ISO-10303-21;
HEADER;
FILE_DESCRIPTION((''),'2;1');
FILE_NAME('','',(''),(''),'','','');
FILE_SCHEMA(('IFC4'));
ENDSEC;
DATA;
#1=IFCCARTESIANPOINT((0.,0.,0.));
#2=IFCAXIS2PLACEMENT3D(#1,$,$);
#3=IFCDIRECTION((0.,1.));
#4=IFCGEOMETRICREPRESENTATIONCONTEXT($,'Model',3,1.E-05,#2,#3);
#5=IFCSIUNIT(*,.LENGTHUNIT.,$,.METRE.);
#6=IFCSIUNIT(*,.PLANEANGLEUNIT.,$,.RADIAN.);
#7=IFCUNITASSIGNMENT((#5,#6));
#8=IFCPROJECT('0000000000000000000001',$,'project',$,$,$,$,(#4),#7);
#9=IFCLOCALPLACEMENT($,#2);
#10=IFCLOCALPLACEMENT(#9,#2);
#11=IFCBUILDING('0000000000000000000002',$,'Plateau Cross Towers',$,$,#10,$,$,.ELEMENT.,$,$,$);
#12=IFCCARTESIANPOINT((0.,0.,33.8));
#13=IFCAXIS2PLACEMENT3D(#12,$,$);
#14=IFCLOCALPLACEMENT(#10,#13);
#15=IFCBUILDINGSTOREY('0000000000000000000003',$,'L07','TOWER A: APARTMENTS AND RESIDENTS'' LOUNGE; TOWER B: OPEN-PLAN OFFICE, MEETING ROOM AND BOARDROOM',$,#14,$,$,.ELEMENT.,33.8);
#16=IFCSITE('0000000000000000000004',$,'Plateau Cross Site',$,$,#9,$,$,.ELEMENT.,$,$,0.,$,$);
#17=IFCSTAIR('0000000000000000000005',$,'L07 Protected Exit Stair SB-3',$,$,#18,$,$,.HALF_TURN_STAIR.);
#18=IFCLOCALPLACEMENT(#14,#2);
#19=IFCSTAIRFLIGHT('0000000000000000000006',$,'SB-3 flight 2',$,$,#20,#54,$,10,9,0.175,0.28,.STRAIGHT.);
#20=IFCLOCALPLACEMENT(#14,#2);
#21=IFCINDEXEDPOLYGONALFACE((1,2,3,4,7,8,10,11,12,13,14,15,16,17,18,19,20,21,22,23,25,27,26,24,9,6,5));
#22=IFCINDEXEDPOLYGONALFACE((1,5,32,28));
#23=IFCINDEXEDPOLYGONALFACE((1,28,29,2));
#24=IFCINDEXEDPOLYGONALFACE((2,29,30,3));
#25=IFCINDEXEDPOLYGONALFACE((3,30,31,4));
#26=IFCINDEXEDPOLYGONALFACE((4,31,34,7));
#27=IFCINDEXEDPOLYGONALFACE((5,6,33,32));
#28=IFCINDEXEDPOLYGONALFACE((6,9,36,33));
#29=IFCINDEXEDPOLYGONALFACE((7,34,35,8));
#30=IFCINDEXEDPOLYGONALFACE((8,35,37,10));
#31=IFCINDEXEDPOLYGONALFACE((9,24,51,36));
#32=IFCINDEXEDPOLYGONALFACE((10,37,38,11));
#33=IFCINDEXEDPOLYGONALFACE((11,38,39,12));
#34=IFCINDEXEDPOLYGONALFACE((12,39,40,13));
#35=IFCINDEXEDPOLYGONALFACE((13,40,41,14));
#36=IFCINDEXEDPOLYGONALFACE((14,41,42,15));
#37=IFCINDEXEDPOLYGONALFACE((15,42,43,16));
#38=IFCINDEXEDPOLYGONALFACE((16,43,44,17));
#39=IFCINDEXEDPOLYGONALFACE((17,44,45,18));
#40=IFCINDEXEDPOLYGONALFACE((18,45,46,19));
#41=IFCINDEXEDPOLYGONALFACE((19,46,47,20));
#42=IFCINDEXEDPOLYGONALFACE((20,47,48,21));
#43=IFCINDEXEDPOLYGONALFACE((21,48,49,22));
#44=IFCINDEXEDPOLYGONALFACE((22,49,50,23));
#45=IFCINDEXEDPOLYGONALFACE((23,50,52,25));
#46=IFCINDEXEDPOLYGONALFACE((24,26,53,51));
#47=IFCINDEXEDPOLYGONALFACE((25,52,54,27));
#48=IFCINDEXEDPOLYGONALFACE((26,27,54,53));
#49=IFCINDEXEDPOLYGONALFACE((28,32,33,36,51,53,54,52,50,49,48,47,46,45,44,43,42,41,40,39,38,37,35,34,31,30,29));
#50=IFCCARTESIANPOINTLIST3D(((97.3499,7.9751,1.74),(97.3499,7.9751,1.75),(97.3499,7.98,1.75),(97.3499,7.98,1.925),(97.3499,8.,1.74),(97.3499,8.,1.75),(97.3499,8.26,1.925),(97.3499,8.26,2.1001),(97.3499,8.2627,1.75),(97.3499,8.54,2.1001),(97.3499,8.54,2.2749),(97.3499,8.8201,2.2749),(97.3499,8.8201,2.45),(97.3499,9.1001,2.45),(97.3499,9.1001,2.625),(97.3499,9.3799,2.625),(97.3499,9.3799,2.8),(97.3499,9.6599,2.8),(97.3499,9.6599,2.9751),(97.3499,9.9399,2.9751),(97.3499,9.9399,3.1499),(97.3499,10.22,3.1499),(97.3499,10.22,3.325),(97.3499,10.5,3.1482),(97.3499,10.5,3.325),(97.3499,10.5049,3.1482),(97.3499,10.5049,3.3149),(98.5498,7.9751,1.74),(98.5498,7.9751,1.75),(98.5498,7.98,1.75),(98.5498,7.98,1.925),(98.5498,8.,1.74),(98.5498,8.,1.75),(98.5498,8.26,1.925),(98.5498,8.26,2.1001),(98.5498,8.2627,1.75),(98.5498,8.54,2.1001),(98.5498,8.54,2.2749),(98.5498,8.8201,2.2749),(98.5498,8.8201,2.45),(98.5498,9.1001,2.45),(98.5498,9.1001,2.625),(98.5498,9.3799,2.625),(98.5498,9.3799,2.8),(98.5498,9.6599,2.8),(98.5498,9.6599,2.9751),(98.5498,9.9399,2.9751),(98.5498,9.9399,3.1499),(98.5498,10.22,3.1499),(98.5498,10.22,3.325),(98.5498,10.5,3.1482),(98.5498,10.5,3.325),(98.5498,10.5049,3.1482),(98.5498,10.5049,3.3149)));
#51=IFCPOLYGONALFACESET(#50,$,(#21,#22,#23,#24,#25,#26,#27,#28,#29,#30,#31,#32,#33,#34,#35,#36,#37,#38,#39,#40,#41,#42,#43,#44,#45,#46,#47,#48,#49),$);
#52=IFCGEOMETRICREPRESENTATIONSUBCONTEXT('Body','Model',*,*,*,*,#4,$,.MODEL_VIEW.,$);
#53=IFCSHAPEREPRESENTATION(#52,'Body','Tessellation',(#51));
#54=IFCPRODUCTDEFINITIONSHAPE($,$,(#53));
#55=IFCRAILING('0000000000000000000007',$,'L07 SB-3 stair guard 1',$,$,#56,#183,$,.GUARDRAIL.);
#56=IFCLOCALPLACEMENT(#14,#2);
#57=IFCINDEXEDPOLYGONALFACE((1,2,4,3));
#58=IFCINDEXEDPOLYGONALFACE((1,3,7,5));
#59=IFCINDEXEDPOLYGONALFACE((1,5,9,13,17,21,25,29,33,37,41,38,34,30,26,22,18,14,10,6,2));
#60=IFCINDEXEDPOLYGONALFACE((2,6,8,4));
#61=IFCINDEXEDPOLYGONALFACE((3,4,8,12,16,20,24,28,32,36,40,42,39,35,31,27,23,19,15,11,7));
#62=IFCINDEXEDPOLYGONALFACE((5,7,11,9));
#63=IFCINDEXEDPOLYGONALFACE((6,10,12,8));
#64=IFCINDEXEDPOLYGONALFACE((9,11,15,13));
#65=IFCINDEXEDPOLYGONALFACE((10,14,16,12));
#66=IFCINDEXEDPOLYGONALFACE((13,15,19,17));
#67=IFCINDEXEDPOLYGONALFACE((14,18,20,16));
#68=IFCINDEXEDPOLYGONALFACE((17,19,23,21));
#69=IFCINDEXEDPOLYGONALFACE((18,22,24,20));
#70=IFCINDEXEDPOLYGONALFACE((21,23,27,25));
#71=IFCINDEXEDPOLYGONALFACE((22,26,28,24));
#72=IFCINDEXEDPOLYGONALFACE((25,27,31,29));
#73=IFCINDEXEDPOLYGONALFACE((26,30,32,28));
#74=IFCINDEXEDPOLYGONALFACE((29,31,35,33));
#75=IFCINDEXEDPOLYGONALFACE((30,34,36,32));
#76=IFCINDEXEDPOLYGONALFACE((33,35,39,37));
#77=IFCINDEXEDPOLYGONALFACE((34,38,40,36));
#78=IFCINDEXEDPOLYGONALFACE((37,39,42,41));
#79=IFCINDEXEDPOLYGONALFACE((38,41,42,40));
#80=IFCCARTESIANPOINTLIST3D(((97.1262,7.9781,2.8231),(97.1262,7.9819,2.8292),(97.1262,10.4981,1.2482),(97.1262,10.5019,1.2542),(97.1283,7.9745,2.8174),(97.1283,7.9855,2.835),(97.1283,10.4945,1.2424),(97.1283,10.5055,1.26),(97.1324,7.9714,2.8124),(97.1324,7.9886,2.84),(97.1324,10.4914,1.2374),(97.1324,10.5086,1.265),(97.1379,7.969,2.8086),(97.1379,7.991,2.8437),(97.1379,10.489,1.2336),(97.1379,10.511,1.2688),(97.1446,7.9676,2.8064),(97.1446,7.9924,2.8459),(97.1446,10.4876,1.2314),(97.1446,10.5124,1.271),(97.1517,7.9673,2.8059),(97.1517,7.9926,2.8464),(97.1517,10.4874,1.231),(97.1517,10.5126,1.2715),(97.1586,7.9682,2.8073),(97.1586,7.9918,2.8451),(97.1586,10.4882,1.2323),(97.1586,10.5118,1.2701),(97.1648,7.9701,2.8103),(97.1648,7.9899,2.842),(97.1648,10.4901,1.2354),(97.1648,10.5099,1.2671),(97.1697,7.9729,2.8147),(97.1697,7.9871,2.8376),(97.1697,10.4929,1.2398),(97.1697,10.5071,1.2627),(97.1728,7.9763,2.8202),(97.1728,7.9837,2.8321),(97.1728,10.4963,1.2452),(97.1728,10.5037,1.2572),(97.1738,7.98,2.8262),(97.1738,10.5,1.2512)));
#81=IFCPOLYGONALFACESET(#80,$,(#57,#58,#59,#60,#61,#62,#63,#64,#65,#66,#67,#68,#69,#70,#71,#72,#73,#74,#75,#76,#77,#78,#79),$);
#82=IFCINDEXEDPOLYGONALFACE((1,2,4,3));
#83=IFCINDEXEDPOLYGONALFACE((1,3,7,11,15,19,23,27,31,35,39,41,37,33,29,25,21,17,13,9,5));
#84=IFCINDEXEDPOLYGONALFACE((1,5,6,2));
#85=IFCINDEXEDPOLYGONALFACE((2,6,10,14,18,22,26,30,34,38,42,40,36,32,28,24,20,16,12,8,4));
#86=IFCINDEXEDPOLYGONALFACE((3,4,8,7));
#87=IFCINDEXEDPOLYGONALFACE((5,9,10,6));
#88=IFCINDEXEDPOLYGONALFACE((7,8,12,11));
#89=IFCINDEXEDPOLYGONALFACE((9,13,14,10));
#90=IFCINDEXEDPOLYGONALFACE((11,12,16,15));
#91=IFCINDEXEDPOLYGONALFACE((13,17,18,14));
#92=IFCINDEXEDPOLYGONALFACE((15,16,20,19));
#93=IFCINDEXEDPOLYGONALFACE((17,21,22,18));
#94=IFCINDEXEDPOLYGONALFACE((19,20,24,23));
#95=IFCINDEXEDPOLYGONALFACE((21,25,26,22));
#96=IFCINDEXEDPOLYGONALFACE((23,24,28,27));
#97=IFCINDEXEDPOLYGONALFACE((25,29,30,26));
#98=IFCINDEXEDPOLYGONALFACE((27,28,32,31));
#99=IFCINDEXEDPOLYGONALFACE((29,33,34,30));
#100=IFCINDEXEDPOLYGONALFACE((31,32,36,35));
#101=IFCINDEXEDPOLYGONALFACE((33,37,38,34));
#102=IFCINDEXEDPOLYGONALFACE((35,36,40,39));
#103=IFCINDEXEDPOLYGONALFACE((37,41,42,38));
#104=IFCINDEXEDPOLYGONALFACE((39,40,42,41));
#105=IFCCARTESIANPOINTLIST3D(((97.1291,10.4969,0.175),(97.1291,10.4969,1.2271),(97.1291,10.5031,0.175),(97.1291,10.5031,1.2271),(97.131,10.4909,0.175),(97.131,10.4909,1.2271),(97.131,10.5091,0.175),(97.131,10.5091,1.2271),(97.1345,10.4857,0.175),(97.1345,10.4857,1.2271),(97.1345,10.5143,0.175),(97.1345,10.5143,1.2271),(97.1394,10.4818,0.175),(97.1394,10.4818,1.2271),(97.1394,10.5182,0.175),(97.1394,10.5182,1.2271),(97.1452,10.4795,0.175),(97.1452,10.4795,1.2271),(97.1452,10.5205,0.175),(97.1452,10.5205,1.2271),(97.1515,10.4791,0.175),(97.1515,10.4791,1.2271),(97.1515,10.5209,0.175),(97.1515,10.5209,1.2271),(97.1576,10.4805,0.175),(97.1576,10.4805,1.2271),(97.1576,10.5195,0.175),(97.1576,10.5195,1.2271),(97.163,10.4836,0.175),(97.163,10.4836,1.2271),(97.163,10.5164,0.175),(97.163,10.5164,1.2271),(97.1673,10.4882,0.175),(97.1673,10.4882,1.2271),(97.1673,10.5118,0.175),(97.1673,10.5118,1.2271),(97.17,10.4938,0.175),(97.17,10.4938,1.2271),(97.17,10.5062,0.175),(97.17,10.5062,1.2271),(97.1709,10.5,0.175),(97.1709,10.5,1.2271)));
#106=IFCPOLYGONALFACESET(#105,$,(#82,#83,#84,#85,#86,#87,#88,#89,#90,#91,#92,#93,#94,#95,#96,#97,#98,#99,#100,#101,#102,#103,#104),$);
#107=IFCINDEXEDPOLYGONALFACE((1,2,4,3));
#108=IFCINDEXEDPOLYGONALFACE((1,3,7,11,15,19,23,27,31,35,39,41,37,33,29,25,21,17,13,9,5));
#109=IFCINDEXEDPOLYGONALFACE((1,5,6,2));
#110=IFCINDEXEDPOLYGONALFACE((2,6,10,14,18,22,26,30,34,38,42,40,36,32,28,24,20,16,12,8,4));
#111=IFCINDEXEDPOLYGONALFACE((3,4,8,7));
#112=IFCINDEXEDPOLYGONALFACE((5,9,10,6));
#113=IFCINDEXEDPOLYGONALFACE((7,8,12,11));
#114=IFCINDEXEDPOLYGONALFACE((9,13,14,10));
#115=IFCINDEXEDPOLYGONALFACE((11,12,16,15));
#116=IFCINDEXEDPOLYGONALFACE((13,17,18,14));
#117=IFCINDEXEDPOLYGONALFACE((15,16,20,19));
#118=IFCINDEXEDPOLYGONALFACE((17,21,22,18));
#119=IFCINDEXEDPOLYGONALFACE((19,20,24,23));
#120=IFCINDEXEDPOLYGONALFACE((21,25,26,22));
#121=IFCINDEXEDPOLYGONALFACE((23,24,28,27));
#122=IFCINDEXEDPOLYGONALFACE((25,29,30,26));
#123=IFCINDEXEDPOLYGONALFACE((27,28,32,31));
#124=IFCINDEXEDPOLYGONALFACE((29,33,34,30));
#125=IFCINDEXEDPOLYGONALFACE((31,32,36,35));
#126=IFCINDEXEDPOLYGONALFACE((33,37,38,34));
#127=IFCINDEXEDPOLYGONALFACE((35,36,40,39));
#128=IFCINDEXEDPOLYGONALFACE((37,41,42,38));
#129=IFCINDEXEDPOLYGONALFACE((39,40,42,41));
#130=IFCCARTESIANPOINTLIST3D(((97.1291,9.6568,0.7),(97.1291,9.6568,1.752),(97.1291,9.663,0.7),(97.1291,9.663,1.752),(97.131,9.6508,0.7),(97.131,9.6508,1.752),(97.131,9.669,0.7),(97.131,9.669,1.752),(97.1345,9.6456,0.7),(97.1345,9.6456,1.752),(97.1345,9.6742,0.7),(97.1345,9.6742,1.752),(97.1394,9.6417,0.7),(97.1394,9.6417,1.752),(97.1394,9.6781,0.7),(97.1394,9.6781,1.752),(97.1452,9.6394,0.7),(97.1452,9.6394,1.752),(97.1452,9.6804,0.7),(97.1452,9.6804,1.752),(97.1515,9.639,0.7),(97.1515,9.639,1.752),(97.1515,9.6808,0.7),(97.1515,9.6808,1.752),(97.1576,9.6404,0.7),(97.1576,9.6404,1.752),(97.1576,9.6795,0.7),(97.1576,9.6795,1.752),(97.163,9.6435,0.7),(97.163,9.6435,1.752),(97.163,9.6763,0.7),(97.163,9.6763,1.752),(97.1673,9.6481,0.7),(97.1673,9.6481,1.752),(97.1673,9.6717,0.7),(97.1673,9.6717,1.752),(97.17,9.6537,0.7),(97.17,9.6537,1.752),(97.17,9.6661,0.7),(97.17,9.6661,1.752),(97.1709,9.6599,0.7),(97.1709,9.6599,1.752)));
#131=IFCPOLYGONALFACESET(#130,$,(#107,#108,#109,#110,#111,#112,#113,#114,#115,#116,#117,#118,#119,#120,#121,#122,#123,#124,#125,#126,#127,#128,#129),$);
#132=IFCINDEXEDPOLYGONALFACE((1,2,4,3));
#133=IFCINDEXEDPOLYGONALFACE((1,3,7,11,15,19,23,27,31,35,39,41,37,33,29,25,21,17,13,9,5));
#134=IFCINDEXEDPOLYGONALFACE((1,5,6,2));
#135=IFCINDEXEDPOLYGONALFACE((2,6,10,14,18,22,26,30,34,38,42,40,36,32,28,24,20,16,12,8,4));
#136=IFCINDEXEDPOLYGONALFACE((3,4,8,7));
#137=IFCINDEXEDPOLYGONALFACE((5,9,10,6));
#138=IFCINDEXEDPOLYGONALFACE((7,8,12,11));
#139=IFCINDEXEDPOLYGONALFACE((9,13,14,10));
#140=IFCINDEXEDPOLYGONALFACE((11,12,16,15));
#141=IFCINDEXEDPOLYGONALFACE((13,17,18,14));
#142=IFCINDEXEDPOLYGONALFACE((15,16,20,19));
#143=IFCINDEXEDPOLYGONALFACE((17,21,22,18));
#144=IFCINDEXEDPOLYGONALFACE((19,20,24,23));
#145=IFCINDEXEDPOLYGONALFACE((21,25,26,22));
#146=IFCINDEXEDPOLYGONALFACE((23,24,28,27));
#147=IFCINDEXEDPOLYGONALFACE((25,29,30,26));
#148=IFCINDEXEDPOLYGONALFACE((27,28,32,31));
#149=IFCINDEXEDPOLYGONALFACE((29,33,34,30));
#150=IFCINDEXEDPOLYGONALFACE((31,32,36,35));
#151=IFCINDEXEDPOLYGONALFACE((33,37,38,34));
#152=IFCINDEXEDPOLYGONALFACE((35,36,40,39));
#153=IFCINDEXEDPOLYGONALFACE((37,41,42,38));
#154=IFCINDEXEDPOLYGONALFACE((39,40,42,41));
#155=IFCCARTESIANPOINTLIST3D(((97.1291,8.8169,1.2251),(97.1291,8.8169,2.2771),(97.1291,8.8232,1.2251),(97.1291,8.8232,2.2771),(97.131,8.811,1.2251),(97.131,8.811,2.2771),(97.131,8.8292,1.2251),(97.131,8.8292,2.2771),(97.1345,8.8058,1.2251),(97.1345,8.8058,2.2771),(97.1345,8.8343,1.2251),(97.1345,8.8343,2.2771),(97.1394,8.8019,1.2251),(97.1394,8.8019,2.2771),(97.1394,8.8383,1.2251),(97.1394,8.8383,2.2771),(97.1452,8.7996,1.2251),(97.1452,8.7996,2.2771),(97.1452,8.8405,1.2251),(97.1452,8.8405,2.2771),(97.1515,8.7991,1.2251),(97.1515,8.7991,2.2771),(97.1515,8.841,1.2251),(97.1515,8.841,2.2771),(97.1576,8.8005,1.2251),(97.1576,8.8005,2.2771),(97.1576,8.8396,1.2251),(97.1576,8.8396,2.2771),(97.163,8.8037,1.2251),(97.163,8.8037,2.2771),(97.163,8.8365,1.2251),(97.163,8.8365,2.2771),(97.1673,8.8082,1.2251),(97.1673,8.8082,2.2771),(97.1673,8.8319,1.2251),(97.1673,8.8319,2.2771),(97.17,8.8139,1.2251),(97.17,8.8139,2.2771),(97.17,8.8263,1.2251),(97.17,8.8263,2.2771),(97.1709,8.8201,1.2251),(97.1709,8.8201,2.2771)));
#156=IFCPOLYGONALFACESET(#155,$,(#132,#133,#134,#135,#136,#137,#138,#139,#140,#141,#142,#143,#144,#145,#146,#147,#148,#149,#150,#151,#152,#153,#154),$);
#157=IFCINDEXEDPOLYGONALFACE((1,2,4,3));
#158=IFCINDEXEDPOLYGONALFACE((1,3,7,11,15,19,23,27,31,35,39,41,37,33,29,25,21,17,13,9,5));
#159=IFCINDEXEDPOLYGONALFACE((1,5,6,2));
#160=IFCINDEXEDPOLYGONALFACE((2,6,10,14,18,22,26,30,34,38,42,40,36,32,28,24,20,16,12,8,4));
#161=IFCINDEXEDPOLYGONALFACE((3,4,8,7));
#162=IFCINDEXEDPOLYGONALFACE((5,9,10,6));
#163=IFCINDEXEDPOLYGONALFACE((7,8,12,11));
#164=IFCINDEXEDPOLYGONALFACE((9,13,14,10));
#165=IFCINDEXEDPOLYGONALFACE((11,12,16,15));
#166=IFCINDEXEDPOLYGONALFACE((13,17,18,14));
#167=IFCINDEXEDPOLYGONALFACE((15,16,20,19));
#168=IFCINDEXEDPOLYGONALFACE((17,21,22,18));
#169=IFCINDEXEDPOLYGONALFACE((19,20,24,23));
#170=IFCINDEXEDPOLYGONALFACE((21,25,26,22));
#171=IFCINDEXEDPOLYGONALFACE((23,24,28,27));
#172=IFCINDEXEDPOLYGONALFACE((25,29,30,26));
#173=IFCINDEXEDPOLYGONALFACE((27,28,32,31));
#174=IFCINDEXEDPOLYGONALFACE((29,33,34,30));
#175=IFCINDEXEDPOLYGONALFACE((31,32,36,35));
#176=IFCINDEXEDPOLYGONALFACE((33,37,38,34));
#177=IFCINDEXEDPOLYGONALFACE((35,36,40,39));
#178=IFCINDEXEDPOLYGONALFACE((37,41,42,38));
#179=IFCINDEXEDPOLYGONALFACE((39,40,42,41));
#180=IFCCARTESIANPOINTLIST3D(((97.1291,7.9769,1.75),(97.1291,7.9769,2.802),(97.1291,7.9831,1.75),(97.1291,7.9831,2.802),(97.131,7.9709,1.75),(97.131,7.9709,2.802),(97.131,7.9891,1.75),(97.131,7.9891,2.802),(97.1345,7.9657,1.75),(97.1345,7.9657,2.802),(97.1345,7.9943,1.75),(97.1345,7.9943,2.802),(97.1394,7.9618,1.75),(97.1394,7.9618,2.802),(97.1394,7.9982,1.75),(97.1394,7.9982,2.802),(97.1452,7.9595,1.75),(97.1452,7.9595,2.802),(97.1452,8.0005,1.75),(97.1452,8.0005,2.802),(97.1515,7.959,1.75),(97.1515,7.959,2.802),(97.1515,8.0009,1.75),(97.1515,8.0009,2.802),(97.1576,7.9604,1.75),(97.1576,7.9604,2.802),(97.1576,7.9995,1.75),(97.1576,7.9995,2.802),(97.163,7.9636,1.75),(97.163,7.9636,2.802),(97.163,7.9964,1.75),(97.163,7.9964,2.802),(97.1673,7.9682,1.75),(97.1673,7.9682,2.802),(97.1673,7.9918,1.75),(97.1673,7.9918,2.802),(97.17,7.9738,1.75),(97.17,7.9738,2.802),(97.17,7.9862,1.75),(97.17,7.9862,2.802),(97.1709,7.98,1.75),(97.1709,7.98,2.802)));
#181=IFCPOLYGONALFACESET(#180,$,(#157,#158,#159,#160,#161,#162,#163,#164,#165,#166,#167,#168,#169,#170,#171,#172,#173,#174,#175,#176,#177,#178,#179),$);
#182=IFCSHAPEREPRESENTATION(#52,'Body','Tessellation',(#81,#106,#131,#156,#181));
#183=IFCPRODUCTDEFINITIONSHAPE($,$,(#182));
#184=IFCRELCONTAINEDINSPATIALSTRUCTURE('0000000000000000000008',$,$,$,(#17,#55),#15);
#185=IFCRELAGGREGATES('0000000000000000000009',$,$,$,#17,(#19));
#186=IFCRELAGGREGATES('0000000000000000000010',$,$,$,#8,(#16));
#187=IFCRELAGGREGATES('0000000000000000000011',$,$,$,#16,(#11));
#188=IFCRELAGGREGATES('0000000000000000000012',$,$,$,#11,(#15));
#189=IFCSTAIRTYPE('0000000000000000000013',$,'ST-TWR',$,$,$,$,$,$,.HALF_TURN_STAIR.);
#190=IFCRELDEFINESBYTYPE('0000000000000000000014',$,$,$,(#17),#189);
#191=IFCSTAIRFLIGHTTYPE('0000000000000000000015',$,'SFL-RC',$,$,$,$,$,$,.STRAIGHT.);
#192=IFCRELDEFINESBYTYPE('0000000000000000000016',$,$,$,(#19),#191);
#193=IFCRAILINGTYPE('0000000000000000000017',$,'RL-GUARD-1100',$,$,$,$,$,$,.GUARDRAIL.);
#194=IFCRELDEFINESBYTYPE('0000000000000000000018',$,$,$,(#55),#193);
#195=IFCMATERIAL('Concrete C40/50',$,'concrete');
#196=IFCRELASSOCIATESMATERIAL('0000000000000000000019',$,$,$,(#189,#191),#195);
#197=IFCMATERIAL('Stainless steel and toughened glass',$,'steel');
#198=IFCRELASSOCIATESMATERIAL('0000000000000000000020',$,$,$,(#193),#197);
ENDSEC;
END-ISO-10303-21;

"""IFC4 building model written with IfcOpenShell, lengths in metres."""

from ifc_helpers import new_model, si_unit, direction, frame, origin, origin_2d, place, context, subcontext, project, spatial, polyline, circle, outline, extrude, material, type_object, element, aggregate, save


model = new_model("IFC4")

# Units and contexts
model_context = context("Model", 3, precision=1e-05, world=origin(), true_north=direction((0.0, 1.0)))
body_context = subcontext(model_context, "Body", "Model", "MODEL_VIEW")
ifc_project = project(units=[si_unit("LENGTHUNIT", "METRE"), si_unit("PLANEANGLEUNIT", "RADIAN")], contexts=[model_context])

# Site, building, storey
site_placement = place(None, origin())
site = spatial("IfcSite", under=ifc_project, at=site_placement, Name="Plateau Cross Site", CompositionType="ELEMENT", RefElevation=0.0)
building_placement = place(site_placement, origin())
building = spatial("IfcBuilding", under=site, at=building_placement, Name="Plateau Cross Towers", CompositionType="ELEMENT")
storey_placement = place(building_placement, frame((0.0, 0.0, 33.8)))
storey = spatial("IfcBuildingStorey", under=building, at=storey_placement, Name="L07", Description="TOWER A: APARTMENTS AND RESIDENTS' LOUNGE; TOWER B: OPEN-PLAN OFFICE, MEETING ROOM AND BOARDROOM", CompositionType="ELEMENT", Elevation=33.8)

# Stair, stair flight
ifc_material_1 = material(Name="Concrete C40/50", Category="concrete")
stair_type = type_object("IfcStairType", Name="ST-TWR", PredefinedType="HALF_TURN_STAIR", material=ifc_material_1)
stair_placement = place(storey_placement, origin())
stair = element("IfcStair", 1, at=stair_placement, inside=storey, type_object=stair_type, Name="L07 Protected Exit Stair SB-3", PredefinedType="HALF_TURN_STAIR")
stair_flight_type = type_object("IfcStairFlightType", Name="SFL-RC", PredefinedType="STRAIGHT", material=ifc_material_1)
stair_flight_1_placement = place(storey_placement, frame((97.95, 7.98, 1.75), z_axis=(0.0, 0.0, 1.0), x_axis=(0.0, 1.0, 0.0)))
stair_flight_1 = element("IfcStairFlight", 2, at=stair_flight_1_placement, type_object=stair_flight_type, Name="SB-3 flight 2", NumberOfRisers=10, NumberOfTreads=9, PredefinedType="STRAIGHT", RiserHeight=0.175, TreadLength=0.28, context=body_context, shape_type="SweptSolid", body=[
    extrude(outline(polyline([(-0.0049, -0.01), (-0.0049, 0.0), (0.0, 0.0), (0.0, 0.175), (0.28, 0.175), (0.28, 0.3501), (0.5601, 0.3501), (0.5601, 0.5249), (0.8401, 0.5249), (0.8401, 0.7), (1.1201, 0.7), (1.1201, 0.875), (1.3999, 0.875), (1.3999, 1.05), (1.6799, 1.05), (1.6799, 1.2251), (1.96, 1.2251), (1.96, 1.3999), (2.24, 1.3999), (2.24, 1.575), (2.52, 1.575), (2.5249, 1.5649), (2.5249, 1.3982), (2.52, 1.3982), (0.2827, 0.0), (0.02, 0.0), (0.02, -0.01), (-0.0049, -0.01)])), frame((0.0, 0.6001, 0.0), z_axis=(0.0, -1.0, 0.0), x_axis=(1.0, 0.0, 0.0)), (0.0, 0.0, 1.0), 1.2),
])
aggregate(stair, [stair_flight_1])

# Railing
ifc_material_2 = material(Name="Stainless steel and toughened glass", Category="steel")
railing_type_1 = type_object("IfcRailingType", Name="RL-GUARD-1100", PredefinedType="GUARDRAIL", material=ifc_material_2)
railing_1_placement = place(storey_placement, frame((97.1499, 10.5, 0.175)))
element("IfcRailing", 3, at=railing_1_placement, inside=storey, type_object=railing_type_1, Name="L07 SB-3 stair guard 1", PredefinedType="GUARDRAIL", context=body_context, shape_type="SweptSolid", body=[
    extrude(circle(Radius=0.0239, at=origin_2d()), frame((0.0, 0.0, 1.0762), z_axis=(0.0, -0.848008, 0.529984), x_axis=(1.0, 0.0, 0.0)), (0.0, 0.0, 1.0), 2.9717),
    extrude(circle(Radius=0.021, at=origin_2d()), origin(), (0.0, 0.0, 1.0), 1.052),
    extrude(circle(Radius=0.021, at=origin_2d()), frame((0.0, -0.8401, 0.5249)), (0.0, 0.0, 1.0), 1.052),
    extrude(circle(Radius=0.021, at=origin_2d()), frame((0.0, -1.6799, 1.05)), (0.0, 0.0, 1.0), 1.052),
    extrude(circle(Radius=0.021, at=origin_2d()), frame((0.0, -2.52, 1.575)), (0.0, 0.0, 1.0), 1.052),
])

save(model, "model.ifc")
